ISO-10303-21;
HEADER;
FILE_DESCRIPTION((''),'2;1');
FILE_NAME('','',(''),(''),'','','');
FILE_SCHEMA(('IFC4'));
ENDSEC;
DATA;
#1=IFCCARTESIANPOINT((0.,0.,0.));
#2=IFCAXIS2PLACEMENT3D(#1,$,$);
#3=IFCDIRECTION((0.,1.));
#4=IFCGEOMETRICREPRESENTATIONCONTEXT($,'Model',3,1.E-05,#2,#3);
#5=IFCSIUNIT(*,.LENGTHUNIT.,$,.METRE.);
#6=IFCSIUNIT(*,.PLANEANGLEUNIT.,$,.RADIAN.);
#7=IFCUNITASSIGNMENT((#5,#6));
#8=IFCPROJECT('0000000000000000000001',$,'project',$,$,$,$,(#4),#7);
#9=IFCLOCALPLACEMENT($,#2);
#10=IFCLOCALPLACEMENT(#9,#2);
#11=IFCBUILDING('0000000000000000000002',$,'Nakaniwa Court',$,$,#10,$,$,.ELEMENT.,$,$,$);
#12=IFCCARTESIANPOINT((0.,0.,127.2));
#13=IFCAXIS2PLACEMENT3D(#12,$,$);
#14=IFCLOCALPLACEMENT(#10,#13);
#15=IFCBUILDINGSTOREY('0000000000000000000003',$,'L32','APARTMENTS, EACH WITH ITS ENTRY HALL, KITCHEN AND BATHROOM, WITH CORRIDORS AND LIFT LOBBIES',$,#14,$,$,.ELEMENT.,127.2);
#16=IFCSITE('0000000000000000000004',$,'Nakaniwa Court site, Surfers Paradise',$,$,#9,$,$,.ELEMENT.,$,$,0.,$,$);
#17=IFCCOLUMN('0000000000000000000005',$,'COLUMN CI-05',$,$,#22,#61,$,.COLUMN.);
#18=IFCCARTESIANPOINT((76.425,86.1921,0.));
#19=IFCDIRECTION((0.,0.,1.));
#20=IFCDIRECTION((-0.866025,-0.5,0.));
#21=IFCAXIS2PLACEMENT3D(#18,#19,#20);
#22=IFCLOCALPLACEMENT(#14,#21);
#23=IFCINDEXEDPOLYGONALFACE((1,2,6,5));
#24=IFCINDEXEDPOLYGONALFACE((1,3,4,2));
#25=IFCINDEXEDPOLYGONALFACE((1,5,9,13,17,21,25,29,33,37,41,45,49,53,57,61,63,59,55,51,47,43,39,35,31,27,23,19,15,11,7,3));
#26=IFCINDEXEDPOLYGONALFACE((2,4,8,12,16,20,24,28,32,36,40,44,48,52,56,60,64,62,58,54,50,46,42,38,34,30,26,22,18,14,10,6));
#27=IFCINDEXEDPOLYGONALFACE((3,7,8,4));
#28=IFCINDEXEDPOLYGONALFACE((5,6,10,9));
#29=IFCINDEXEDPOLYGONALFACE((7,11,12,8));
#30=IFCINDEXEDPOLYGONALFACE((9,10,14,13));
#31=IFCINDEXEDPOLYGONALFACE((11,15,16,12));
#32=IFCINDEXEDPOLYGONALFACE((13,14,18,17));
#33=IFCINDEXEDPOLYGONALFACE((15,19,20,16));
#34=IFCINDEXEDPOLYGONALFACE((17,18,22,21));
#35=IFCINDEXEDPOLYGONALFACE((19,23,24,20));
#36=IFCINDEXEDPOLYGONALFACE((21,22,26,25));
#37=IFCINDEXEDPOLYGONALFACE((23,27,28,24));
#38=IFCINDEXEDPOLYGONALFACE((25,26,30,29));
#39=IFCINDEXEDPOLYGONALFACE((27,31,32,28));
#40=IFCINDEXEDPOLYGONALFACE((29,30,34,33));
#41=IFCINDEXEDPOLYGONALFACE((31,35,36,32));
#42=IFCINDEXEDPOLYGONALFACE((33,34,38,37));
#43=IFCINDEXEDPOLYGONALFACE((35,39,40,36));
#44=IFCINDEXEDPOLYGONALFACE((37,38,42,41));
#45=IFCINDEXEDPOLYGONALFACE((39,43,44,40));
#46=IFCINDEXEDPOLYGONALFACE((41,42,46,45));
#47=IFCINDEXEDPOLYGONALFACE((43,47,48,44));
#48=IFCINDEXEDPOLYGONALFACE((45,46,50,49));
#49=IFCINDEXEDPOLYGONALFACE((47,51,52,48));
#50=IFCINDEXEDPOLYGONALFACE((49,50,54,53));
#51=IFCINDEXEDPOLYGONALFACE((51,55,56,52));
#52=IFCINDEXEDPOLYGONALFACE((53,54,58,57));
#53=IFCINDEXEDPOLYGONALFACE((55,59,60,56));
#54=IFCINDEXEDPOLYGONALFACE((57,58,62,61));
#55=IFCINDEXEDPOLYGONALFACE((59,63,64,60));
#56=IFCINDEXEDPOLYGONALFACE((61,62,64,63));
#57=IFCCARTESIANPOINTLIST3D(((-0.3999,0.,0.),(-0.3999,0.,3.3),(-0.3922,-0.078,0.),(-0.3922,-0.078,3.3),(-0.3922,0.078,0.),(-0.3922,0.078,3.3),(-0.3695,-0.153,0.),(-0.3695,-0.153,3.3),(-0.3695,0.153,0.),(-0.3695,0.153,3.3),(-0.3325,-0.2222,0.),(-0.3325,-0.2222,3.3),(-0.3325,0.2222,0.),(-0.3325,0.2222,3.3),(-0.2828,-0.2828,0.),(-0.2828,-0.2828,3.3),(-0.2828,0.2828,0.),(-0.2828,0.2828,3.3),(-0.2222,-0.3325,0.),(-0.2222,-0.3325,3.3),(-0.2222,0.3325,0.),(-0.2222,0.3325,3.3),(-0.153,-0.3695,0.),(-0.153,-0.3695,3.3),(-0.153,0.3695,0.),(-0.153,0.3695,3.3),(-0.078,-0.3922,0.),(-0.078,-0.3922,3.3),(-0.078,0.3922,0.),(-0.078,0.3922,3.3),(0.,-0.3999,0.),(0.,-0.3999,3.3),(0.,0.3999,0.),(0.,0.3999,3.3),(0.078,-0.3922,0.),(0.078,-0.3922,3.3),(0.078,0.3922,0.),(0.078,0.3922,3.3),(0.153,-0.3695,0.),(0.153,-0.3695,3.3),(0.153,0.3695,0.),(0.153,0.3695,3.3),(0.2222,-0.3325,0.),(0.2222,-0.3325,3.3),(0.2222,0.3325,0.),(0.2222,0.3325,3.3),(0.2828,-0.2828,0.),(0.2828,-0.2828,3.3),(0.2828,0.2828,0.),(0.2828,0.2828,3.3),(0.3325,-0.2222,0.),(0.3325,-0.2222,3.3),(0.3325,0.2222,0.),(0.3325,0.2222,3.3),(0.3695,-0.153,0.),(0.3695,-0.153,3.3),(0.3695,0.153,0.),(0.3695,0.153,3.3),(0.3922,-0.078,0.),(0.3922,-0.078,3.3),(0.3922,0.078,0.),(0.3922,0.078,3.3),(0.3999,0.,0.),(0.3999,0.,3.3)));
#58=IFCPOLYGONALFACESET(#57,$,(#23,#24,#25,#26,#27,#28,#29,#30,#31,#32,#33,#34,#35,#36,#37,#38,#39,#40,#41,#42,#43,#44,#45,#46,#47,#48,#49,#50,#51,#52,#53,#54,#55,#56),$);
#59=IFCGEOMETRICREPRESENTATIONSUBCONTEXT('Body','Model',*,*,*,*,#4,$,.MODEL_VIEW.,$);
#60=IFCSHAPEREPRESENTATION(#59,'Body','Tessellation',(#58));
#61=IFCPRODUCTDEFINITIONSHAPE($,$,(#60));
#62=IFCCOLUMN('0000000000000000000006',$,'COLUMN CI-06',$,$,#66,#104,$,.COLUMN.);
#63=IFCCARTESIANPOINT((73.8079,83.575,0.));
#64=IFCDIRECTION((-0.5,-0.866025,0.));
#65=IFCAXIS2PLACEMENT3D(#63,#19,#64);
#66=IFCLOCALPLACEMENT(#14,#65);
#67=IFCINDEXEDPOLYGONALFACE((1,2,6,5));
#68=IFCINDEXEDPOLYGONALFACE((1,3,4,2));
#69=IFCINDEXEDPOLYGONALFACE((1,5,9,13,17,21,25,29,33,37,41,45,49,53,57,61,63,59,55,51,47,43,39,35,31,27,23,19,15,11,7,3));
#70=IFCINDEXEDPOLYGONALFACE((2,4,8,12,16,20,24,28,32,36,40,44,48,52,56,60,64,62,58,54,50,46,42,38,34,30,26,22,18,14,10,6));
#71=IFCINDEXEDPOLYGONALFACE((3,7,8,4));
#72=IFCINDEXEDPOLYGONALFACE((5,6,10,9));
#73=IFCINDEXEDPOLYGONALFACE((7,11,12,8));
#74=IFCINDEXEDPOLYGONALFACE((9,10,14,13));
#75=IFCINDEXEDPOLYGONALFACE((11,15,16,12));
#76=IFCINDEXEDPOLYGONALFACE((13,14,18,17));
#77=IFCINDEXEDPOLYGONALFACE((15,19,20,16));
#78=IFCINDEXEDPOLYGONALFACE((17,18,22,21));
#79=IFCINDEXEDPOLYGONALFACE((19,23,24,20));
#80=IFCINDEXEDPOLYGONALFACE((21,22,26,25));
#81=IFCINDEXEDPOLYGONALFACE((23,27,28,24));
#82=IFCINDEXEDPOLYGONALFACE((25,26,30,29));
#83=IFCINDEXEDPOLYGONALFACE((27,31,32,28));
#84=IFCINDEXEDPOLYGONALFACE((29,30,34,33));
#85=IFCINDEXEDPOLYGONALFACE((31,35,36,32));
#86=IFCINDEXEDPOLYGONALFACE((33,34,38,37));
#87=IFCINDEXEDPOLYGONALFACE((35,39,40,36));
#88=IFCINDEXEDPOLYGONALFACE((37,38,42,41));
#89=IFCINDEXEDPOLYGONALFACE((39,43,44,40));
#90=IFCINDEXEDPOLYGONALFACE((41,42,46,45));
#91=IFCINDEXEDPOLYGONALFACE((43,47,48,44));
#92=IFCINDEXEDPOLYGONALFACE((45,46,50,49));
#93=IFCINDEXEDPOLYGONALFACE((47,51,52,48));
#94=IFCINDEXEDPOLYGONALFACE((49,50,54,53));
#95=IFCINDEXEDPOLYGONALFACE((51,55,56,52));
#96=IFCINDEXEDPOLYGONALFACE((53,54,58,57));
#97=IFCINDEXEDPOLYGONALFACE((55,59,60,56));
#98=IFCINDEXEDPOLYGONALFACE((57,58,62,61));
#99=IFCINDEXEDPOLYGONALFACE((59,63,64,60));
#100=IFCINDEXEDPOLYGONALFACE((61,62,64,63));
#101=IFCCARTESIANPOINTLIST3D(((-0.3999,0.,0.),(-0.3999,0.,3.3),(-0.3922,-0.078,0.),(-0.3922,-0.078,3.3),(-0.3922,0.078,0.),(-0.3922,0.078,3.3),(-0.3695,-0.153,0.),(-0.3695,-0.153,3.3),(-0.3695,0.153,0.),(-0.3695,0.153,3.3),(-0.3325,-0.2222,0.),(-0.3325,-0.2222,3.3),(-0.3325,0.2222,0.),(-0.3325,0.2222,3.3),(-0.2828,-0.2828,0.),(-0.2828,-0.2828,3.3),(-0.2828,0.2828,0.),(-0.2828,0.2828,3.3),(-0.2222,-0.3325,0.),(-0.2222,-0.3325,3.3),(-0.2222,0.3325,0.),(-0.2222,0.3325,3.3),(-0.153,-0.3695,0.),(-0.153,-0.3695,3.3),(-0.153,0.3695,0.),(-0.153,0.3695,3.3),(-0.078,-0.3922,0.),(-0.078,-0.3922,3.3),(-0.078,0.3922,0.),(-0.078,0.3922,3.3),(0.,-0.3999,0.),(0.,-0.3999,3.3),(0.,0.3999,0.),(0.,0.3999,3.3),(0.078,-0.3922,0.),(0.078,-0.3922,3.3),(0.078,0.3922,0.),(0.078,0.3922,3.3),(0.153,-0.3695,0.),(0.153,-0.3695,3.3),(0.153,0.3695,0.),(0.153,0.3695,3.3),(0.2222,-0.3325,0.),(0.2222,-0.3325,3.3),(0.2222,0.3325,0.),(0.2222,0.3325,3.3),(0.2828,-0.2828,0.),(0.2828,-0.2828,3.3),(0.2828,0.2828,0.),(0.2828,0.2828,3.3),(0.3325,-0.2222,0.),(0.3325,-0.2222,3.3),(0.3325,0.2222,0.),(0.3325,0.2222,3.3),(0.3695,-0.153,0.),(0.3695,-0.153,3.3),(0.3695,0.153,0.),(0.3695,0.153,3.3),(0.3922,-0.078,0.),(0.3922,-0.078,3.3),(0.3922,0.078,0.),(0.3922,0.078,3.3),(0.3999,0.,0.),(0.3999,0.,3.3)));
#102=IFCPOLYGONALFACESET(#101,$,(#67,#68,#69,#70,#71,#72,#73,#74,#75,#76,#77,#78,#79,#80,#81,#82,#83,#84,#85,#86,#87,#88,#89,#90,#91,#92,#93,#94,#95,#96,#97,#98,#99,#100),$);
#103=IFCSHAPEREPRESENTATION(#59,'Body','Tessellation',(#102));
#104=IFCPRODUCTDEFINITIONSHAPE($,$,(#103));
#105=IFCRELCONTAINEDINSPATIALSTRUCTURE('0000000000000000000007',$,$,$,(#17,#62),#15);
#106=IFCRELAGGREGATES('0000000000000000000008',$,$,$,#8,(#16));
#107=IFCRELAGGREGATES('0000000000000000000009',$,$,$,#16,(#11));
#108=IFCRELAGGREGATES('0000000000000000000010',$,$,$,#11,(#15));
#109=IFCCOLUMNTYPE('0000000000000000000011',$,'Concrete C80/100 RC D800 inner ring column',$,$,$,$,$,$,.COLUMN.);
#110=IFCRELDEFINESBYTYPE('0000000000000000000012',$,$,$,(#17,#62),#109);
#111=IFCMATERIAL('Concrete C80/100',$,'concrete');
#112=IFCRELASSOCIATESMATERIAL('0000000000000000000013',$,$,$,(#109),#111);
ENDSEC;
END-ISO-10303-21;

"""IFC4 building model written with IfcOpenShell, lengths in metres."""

from ifc_helpers import new_model, si_unit, direction, frame, origin, origin_2d, place, context, subcontext, project, spatial, circle, extrude, material, material_profile, profile_set, type_object, element, save


model = new_model("IFC4")

# Units and contexts
model_context = context("Model", 3, precision=1e-05, world=origin(), true_north=direction((0.0, 1.0)))
body_context = subcontext(model_context, "Body", "Model", "MODEL_VIEW")
ifc_project = project(units=[si_unit("LENGTHUNIT", "METRE"), si_unit("PLANEANGLEUNIT", "RADIAN")], contexts=[model_context])

# Site, building, storey
site_placement = place(None, origin())
site = spatial("IfcSite", under=ifc_project, at=site_placement, Name="Nakaniwa Court site, Surfers Paradise", CompositionType="ELEMENT", RefElevation=0.0)
building_placement = place(site_placement, origin())
building = spatial("IfcBuilding", under=site, at=building_placement, Name="Nakaniwa Court", CompositionType="ELEMENT")
storey_placement = place(building_placement, frame((0.0, 0.0, 127.2)))
storey = spatial("IfcBuildingStorey", under=building, at=storey_placement, Name="L32", Description="APARTMENTS, EACH WITH ITS ENTRY HALL, KITCHEN AND BATHROOM, WITH CORRIDORS AND LIFT LOBBIES", CompositionType="ELEMENT", Elevation=127.2)

# Columns
ifc_material_1 = material(Name="Concrete C80/100", Category="concrete")
ifc_material_profile_1 = material_profile(ifc_material_1, circle(Radius=0.3999, at=origin_2d()), Name="Concrete C80/100 RC D800 inner ring column")
ifc_profile_set_1 = profile_set([ifc_material_profile_1], Name="Concrete C80/100")
column_type_1 = type_object("IfcColumnType", Name="Concrete C80/100 RC D800 inner ring column", PredefinedType="COLUMN", material=ifc_profile_set_1)
for number, where, z_axis, x_axis, name in (
    (1, (76.425, 86.1921, 0.0), (0.0, 0.0, 1.0), (-0.866025, -0.5, 0.0), "COLUMN CI-05"),
    (2, (73.8079, 83.575, 0.0), (0.0, 0.0, 1.0), (-0.5, -0.866025, 0.0), "COLUMN CI-06"),
):
    element("IfcColumn", number, at=place(storey_placement, frame(where, z_axis=z_axis, x_axis=x_axis)), inside=storey, type_object=column_type_1, Name=name, PredefinedType="COLUMN", context=body_context, shape_type="SweptSolid", body=[
        extrude(circle(Radius=0.3999, at=origin_2d()), origin(), (0.0, 0.0, 1.0), 3.3),
    ])

save(model, "model.ifc")
